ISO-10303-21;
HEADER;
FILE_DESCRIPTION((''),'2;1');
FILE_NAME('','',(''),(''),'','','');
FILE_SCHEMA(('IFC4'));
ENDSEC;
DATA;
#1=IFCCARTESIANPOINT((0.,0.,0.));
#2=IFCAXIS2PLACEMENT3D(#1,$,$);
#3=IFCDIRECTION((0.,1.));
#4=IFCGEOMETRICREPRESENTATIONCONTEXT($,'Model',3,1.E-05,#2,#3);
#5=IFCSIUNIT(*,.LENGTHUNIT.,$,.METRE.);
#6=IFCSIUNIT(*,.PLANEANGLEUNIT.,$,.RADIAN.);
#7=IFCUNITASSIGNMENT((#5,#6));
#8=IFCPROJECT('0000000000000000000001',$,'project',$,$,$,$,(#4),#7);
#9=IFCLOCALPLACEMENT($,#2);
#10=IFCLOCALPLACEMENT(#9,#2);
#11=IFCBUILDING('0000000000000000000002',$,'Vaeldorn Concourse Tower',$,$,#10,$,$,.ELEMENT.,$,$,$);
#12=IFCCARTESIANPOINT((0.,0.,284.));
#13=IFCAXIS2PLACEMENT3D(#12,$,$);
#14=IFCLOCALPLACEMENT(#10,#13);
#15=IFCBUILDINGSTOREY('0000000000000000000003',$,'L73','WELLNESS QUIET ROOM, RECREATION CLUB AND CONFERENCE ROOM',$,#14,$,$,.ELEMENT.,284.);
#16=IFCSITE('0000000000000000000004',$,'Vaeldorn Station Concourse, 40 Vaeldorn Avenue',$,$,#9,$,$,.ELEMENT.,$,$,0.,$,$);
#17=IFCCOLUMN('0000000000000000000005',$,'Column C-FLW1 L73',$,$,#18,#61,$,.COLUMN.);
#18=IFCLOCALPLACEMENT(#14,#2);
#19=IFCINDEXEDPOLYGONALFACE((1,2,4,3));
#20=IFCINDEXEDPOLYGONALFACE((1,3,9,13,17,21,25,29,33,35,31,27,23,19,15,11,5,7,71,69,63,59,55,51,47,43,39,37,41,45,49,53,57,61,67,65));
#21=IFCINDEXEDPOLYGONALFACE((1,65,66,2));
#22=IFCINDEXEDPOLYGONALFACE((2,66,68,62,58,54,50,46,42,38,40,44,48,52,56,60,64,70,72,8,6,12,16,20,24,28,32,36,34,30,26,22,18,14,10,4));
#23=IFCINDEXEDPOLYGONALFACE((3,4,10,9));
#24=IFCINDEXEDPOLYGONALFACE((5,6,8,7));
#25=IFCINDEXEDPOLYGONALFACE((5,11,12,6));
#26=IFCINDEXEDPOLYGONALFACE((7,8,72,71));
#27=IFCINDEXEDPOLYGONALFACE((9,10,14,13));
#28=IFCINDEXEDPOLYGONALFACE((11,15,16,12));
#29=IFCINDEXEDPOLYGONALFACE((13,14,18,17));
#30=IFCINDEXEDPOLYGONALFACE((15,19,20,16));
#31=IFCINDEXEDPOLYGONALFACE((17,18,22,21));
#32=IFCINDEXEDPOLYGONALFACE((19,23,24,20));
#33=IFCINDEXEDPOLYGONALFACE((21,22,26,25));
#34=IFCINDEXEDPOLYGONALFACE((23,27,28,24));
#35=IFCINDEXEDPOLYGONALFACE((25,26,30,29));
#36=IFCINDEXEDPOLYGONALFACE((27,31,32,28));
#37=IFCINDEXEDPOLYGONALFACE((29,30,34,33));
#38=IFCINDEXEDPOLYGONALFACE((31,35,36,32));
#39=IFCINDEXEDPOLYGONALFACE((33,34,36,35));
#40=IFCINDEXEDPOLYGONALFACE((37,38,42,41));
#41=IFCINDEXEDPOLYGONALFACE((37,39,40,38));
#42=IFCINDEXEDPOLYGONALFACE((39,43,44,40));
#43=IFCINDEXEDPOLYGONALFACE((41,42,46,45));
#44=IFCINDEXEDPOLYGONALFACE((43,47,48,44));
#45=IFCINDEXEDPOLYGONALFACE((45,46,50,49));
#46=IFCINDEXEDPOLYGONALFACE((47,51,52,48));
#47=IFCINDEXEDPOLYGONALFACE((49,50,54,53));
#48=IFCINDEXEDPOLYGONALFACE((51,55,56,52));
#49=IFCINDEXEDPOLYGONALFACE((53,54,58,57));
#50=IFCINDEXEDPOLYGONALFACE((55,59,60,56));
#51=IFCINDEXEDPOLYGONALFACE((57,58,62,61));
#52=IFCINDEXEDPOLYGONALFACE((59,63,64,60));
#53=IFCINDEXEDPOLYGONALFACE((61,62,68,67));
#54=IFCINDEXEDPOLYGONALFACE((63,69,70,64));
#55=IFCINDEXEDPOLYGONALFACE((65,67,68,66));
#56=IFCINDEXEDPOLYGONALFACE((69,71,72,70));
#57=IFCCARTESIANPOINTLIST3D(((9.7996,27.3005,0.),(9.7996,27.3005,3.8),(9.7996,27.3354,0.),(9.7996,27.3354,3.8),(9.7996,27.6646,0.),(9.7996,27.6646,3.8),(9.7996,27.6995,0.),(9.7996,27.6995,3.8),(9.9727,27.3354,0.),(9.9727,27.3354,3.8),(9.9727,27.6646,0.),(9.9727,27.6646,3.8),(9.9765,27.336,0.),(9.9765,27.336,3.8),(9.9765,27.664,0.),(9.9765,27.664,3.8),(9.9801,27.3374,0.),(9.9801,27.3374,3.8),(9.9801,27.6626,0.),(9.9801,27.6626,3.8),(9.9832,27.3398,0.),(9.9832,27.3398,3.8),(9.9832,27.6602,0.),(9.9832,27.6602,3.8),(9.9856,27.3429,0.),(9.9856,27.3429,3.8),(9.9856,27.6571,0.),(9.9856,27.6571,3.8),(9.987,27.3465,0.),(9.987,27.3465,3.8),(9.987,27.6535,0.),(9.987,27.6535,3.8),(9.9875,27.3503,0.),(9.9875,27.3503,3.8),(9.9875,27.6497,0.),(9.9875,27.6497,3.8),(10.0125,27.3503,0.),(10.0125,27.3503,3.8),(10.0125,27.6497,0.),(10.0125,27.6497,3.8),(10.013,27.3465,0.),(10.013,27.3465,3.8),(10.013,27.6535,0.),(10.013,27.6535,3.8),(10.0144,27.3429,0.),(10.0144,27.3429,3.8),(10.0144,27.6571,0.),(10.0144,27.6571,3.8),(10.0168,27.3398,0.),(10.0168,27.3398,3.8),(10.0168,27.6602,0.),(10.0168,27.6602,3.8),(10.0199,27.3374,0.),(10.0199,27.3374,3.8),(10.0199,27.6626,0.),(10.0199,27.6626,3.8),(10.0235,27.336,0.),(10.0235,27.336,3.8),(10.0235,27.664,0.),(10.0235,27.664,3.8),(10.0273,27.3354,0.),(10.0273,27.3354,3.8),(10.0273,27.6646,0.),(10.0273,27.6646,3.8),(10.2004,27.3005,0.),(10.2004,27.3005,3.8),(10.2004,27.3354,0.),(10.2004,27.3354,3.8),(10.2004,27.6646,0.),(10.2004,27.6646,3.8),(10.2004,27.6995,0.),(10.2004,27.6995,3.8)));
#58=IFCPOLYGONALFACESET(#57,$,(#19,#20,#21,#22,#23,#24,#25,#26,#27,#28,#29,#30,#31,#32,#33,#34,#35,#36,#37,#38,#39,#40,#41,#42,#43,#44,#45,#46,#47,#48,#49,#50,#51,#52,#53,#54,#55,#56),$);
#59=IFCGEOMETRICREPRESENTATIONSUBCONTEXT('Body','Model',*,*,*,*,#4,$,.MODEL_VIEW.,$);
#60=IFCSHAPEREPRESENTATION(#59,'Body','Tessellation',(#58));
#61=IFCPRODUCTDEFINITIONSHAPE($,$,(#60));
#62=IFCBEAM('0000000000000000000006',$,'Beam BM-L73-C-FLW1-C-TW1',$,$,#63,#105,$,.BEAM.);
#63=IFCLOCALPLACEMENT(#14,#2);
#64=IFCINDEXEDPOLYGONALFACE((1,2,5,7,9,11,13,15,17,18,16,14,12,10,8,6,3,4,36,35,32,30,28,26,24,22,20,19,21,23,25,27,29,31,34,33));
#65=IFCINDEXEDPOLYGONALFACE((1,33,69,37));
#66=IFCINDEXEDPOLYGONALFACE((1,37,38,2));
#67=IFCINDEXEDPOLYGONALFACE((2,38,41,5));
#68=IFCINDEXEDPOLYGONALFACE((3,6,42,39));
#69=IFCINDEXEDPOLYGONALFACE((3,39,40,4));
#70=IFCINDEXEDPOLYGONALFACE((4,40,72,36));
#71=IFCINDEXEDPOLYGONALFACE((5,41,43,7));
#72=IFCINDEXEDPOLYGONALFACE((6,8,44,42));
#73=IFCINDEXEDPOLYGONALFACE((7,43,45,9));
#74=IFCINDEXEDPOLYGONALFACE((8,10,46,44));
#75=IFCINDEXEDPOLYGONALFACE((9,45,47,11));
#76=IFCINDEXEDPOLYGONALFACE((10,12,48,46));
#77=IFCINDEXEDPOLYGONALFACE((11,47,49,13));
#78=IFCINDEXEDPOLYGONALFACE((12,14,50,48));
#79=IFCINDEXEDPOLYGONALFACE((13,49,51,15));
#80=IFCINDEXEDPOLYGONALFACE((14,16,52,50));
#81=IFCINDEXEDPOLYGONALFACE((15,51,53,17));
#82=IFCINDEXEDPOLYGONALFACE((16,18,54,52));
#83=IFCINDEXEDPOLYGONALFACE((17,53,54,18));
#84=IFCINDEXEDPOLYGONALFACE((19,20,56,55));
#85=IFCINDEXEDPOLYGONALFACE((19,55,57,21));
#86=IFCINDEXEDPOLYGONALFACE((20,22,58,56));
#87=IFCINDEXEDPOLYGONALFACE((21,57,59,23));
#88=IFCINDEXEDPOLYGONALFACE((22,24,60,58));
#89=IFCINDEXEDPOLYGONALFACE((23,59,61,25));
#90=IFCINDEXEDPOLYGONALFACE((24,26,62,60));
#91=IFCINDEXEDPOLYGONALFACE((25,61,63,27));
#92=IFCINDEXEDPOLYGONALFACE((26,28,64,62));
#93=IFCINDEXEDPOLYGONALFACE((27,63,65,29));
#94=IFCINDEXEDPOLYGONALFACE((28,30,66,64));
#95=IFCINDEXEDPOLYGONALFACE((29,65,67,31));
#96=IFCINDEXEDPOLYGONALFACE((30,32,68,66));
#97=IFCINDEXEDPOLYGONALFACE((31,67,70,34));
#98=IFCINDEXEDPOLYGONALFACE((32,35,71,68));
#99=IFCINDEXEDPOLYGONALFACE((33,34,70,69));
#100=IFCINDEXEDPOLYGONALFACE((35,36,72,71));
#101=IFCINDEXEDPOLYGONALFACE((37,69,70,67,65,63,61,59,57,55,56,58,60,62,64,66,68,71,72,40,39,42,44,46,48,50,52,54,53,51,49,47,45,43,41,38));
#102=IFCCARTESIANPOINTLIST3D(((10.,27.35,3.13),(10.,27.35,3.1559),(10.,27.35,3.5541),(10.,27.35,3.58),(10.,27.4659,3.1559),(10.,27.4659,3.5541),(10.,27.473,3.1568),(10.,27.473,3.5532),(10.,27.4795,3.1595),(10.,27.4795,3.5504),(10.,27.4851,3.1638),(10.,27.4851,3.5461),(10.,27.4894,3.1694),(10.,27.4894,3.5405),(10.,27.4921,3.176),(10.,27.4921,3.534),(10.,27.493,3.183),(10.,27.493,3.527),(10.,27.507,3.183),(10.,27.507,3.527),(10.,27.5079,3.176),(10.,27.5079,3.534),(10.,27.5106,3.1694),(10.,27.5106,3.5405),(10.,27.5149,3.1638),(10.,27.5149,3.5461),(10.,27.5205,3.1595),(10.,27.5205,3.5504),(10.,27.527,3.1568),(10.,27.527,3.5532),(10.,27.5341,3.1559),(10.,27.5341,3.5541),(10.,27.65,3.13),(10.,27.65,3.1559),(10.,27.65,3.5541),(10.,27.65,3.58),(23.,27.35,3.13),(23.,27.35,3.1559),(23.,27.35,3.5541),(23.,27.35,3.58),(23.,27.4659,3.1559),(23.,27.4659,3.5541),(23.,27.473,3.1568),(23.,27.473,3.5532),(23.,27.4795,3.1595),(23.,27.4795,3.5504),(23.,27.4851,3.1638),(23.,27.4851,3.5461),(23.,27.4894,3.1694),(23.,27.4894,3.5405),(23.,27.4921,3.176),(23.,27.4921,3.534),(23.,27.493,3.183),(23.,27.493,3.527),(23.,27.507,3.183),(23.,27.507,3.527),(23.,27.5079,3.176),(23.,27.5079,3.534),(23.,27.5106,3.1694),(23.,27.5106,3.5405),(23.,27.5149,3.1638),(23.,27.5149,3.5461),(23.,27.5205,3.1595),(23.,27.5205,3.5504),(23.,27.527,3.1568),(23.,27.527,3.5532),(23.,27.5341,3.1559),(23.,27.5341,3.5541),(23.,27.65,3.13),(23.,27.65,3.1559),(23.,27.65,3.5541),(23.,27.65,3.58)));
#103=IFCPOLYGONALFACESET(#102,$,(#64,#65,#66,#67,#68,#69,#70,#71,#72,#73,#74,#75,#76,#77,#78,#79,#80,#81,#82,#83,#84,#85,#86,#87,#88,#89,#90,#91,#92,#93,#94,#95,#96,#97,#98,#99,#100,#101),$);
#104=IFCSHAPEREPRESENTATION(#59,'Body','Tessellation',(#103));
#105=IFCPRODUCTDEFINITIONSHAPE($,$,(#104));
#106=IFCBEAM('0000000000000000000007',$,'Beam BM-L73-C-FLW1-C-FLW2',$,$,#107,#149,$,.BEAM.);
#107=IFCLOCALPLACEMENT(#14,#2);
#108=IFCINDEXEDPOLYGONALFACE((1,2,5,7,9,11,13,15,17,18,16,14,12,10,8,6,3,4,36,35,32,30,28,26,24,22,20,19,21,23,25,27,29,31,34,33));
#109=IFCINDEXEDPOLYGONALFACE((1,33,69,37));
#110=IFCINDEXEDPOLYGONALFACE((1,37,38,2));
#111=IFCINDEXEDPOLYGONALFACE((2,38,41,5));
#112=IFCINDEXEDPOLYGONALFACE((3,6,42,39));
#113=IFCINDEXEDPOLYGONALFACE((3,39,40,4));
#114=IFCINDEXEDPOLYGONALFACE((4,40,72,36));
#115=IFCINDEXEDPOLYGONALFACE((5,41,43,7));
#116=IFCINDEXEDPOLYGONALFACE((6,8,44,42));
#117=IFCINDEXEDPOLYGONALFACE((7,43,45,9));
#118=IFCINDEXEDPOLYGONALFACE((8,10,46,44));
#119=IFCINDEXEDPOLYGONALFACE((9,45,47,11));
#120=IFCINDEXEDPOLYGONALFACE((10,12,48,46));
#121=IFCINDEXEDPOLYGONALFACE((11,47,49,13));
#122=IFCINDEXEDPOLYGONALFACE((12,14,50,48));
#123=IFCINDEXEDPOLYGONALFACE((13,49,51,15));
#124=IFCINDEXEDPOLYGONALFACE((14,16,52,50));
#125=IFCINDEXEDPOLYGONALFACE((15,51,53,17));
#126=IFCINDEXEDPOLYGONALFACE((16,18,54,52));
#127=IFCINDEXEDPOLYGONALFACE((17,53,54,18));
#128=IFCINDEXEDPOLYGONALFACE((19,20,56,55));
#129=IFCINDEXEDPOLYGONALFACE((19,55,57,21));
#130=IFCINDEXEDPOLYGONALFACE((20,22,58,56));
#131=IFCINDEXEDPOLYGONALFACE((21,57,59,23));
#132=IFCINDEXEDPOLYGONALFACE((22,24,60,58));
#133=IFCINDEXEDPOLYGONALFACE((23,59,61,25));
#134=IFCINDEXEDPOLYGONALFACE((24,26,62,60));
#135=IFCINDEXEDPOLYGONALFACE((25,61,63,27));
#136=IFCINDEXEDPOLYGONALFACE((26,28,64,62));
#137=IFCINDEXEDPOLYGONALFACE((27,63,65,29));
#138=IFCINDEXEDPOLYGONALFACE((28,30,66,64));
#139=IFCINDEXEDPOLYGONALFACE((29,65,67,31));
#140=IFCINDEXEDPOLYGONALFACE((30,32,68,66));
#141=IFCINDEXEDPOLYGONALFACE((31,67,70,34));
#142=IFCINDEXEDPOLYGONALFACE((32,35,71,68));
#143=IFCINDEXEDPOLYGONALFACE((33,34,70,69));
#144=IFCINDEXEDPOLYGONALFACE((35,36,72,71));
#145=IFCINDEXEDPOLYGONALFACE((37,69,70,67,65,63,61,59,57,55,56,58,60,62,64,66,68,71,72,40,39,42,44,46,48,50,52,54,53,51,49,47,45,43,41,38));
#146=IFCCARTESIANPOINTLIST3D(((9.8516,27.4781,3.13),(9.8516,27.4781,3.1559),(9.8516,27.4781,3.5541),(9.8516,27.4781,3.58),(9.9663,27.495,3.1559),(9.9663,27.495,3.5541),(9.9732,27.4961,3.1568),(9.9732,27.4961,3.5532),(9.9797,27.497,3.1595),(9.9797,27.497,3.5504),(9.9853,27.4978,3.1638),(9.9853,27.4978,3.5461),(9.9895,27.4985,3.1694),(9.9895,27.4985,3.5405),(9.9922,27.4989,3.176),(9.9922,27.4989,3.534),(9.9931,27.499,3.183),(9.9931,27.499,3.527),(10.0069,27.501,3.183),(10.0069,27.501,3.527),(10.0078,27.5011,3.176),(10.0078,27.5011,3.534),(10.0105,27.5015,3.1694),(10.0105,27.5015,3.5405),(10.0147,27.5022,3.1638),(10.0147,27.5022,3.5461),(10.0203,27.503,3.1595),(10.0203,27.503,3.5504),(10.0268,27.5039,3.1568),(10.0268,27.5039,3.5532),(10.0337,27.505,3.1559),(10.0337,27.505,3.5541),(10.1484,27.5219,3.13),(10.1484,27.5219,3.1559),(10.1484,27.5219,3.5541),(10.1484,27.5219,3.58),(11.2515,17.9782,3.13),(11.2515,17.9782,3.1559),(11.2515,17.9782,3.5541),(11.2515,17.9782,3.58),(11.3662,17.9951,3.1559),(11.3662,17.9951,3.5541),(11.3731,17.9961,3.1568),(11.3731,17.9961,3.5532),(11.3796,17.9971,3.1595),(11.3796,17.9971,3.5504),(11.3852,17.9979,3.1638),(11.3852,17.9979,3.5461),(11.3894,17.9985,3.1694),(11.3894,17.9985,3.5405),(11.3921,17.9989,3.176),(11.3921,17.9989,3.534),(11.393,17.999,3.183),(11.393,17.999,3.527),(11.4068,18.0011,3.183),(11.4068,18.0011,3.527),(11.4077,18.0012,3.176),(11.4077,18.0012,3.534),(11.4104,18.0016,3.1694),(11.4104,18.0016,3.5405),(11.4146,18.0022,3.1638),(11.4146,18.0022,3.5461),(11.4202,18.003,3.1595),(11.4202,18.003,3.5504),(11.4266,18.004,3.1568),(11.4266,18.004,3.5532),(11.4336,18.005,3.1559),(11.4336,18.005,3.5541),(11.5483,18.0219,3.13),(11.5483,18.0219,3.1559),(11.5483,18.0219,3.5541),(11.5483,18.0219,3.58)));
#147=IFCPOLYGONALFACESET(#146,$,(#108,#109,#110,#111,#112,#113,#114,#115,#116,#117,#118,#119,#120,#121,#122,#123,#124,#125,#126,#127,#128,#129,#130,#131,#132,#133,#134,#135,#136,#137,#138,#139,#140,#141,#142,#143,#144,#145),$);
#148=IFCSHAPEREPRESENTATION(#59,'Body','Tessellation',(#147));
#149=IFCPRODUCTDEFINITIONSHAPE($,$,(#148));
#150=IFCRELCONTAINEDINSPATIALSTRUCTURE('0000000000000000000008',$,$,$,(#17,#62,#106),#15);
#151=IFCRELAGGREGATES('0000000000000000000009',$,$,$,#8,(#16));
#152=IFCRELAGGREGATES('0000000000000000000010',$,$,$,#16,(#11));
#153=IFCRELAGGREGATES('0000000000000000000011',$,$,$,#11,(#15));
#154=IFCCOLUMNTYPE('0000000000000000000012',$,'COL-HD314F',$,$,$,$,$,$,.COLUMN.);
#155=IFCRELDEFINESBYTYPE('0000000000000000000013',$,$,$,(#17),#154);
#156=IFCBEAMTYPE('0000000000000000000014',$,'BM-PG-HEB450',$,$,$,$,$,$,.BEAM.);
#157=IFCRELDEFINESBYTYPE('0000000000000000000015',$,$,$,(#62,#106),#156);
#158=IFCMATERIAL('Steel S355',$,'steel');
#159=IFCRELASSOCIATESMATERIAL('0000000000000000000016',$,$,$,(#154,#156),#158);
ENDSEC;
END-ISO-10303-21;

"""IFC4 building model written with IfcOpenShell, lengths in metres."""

from ifc_helpers import new_model, si_unit, direction, frame, origin, origin_2d, place, context, subcontext, project, spatial, i_section, extrude, source, transform, mapped, material, material_profile, profile_set, type_object, element, save


model = new_model("IFC4")

# Units and contexts
model_context = context("Model", 3, precision=1e-05, world=origin(), true_north=direction((0.0, 1.0)))
body_context = subcontext(model_context, "Body", "Model", "MODEL_VIEW")
ifc_project = project(units=[si_unit("LENGTHUNIT", "METRE"), si_unit("PLANEANGLEUNIT", "RADIAN")], contexts=[model_context])

# Site, building, storey
site_placement = place(None, origin())
site = spatial("IfcSite", under=ifc_project, at=site_placement, Name="Vaeldorn Station Concourse, 40 Vaeldorn Avenue", CompositionType="ELEMENT", RefElevation=0.0)
building_placement = place(site_placement, origin())
building = spatial("IfcBuilding", under=site, at=building_placement, Name="Vaeldorn Concourse Tower", CompositionType="ELEMENT")
storey_placement = place(building_placement, frame((0.0, 0.0, 284.0)))
storey = spatial("IfcBuildingStorey", under=building, at=storey_placement, Name="L73", Description="WELLNESS QUIET ROOM, RECREATION CLUB AND CONFERENCE ROOM", CompositionType="ELEMENT", Elevation=284.0)

# Column
ifc_material_1 = material(Name="Steel S355", Category="steel")
ifc_material_profile_1 = material_profile(ifc_material_1, i_section(OverallWidth=0.4009, OverallDepth=0.3989, WebThickness=0.0249, FlangeThickness=0.0349, FilletRadius=0.0149, at=origin_2d()), Name="HD 400x314")
ifc_profile_set_1 = profile_set([ifc_material_profile_1], Name="Steel S355")
column_type = type_object("IfcColumnType", Name="COL-HD314F", PredefinedType="COLUMN", material=ifc_profile_set_1)
shared_shape_1 = source(origin(), body_context, "Body", "SweptSolid", [
    extrude(i_section(OverallWidth=0.4009, OverallDepth=0.3989, WebThickness=0.0249, FlangeThickness=0.0349, FilletRadius=0.0149, at=origin_2d()), origin(), (0.0, 0.0, 1.0), 3.8),
])
column_placement = place(storey_placement, frame((10.0, 27.5, 0.0), z_axis=(0.0, 0.0, 1.0), x_axis=(1.0, 0.0, 0.0)))
element("IfcColumn", 1, at=column_placement, inside=storey, type_object=column_type, Name="Column C-FLW1 L73", PredefinedType="COLUMN", context=body_context, shape_type="MappedRepresentation", body=[
    mapped(shared_shape_1, transform((0.0, 0.0, 0.0), scale=1.0)),
])

# Beams
ifc_material_profile_2 = material_profile(ifc_material_1, i_section(OverallWidth=0.3, OverallDepth=0.45, WebThickness=0.0139, FlangeThickness=0.0259, FilletRadius=0.0271, at=origin_2d()), Name="HEB 450")
ifc_profile_set_2 = profile_set([ifc_material_profile_2], Name="Steel S355")
beam_type_1 = type_object("IfcBeamType", Name="BM-PG-HEB450", PredefinedType="BEAM", material=ifc_profile_set_2)
shared_shape_2 = source(origin(), body_context, "Body", "SweptSolid", [
    extrude(i_section(OverallWidth=0.3, OverallDepth=0.45, WebThickness=0.0139, FlangeThickness=0.0259, FilletRadius=0.0271, at=origin_2d()), origin(), (0.0, 0.0, 1.0), 13.0),
])
beam_1_placement = place(storey_placement, frame((10.0, 27.5, 3.355), z_axis=(1.0, 0.0, 0.0), x_axis=(0.0, 1.0, 0.0)))
element("IfcBeam", 2, at=beam_1_placement, inside=storey, type_object=beam_type_1, Name="Beam BM-L73-C-FLW1-C-TW1", PredefinedType="BEAM", context=body_context, shape_type="MappedRepresentation", body=[
    mapped(shared_shape_2, transform((0.0, 0.0, 0.0), scale=1.0)),
])
shared_shape_3 = source(origin(), body_context, "Body", "SweptSolid", [
    extrude(i_section(OverallWidth=0.3, OverallDepth=0.45, WebThickness=0.0139, FlangeThickness=0.0259, FilletRadius=0.0271, at=origin_2d()), origin(), (0.0, 0.0, 1.0), 9.6025),
])
beam_2_placement = place(storey_placement, frame((10.0, 27.5, 3.355), z_axis=(0.145784, -0.989316, 0.0), x_axis=(0.989316, 0.145784, 0.0)))
element("IfcBeam", 3, at=beam_2_placement, inside=storey, type_object=beam_type_1, Name="Beam BM-L73-C-FLW1-C-FLW2", PredefinedType="BEAM", context=body_context, shape_type="MappedRepresentation", body=[
    mapped(shared_shape_3, transform((0.0, 0.0, 0.0), scale=1.0)),
])

save(model, "model.ifc")
